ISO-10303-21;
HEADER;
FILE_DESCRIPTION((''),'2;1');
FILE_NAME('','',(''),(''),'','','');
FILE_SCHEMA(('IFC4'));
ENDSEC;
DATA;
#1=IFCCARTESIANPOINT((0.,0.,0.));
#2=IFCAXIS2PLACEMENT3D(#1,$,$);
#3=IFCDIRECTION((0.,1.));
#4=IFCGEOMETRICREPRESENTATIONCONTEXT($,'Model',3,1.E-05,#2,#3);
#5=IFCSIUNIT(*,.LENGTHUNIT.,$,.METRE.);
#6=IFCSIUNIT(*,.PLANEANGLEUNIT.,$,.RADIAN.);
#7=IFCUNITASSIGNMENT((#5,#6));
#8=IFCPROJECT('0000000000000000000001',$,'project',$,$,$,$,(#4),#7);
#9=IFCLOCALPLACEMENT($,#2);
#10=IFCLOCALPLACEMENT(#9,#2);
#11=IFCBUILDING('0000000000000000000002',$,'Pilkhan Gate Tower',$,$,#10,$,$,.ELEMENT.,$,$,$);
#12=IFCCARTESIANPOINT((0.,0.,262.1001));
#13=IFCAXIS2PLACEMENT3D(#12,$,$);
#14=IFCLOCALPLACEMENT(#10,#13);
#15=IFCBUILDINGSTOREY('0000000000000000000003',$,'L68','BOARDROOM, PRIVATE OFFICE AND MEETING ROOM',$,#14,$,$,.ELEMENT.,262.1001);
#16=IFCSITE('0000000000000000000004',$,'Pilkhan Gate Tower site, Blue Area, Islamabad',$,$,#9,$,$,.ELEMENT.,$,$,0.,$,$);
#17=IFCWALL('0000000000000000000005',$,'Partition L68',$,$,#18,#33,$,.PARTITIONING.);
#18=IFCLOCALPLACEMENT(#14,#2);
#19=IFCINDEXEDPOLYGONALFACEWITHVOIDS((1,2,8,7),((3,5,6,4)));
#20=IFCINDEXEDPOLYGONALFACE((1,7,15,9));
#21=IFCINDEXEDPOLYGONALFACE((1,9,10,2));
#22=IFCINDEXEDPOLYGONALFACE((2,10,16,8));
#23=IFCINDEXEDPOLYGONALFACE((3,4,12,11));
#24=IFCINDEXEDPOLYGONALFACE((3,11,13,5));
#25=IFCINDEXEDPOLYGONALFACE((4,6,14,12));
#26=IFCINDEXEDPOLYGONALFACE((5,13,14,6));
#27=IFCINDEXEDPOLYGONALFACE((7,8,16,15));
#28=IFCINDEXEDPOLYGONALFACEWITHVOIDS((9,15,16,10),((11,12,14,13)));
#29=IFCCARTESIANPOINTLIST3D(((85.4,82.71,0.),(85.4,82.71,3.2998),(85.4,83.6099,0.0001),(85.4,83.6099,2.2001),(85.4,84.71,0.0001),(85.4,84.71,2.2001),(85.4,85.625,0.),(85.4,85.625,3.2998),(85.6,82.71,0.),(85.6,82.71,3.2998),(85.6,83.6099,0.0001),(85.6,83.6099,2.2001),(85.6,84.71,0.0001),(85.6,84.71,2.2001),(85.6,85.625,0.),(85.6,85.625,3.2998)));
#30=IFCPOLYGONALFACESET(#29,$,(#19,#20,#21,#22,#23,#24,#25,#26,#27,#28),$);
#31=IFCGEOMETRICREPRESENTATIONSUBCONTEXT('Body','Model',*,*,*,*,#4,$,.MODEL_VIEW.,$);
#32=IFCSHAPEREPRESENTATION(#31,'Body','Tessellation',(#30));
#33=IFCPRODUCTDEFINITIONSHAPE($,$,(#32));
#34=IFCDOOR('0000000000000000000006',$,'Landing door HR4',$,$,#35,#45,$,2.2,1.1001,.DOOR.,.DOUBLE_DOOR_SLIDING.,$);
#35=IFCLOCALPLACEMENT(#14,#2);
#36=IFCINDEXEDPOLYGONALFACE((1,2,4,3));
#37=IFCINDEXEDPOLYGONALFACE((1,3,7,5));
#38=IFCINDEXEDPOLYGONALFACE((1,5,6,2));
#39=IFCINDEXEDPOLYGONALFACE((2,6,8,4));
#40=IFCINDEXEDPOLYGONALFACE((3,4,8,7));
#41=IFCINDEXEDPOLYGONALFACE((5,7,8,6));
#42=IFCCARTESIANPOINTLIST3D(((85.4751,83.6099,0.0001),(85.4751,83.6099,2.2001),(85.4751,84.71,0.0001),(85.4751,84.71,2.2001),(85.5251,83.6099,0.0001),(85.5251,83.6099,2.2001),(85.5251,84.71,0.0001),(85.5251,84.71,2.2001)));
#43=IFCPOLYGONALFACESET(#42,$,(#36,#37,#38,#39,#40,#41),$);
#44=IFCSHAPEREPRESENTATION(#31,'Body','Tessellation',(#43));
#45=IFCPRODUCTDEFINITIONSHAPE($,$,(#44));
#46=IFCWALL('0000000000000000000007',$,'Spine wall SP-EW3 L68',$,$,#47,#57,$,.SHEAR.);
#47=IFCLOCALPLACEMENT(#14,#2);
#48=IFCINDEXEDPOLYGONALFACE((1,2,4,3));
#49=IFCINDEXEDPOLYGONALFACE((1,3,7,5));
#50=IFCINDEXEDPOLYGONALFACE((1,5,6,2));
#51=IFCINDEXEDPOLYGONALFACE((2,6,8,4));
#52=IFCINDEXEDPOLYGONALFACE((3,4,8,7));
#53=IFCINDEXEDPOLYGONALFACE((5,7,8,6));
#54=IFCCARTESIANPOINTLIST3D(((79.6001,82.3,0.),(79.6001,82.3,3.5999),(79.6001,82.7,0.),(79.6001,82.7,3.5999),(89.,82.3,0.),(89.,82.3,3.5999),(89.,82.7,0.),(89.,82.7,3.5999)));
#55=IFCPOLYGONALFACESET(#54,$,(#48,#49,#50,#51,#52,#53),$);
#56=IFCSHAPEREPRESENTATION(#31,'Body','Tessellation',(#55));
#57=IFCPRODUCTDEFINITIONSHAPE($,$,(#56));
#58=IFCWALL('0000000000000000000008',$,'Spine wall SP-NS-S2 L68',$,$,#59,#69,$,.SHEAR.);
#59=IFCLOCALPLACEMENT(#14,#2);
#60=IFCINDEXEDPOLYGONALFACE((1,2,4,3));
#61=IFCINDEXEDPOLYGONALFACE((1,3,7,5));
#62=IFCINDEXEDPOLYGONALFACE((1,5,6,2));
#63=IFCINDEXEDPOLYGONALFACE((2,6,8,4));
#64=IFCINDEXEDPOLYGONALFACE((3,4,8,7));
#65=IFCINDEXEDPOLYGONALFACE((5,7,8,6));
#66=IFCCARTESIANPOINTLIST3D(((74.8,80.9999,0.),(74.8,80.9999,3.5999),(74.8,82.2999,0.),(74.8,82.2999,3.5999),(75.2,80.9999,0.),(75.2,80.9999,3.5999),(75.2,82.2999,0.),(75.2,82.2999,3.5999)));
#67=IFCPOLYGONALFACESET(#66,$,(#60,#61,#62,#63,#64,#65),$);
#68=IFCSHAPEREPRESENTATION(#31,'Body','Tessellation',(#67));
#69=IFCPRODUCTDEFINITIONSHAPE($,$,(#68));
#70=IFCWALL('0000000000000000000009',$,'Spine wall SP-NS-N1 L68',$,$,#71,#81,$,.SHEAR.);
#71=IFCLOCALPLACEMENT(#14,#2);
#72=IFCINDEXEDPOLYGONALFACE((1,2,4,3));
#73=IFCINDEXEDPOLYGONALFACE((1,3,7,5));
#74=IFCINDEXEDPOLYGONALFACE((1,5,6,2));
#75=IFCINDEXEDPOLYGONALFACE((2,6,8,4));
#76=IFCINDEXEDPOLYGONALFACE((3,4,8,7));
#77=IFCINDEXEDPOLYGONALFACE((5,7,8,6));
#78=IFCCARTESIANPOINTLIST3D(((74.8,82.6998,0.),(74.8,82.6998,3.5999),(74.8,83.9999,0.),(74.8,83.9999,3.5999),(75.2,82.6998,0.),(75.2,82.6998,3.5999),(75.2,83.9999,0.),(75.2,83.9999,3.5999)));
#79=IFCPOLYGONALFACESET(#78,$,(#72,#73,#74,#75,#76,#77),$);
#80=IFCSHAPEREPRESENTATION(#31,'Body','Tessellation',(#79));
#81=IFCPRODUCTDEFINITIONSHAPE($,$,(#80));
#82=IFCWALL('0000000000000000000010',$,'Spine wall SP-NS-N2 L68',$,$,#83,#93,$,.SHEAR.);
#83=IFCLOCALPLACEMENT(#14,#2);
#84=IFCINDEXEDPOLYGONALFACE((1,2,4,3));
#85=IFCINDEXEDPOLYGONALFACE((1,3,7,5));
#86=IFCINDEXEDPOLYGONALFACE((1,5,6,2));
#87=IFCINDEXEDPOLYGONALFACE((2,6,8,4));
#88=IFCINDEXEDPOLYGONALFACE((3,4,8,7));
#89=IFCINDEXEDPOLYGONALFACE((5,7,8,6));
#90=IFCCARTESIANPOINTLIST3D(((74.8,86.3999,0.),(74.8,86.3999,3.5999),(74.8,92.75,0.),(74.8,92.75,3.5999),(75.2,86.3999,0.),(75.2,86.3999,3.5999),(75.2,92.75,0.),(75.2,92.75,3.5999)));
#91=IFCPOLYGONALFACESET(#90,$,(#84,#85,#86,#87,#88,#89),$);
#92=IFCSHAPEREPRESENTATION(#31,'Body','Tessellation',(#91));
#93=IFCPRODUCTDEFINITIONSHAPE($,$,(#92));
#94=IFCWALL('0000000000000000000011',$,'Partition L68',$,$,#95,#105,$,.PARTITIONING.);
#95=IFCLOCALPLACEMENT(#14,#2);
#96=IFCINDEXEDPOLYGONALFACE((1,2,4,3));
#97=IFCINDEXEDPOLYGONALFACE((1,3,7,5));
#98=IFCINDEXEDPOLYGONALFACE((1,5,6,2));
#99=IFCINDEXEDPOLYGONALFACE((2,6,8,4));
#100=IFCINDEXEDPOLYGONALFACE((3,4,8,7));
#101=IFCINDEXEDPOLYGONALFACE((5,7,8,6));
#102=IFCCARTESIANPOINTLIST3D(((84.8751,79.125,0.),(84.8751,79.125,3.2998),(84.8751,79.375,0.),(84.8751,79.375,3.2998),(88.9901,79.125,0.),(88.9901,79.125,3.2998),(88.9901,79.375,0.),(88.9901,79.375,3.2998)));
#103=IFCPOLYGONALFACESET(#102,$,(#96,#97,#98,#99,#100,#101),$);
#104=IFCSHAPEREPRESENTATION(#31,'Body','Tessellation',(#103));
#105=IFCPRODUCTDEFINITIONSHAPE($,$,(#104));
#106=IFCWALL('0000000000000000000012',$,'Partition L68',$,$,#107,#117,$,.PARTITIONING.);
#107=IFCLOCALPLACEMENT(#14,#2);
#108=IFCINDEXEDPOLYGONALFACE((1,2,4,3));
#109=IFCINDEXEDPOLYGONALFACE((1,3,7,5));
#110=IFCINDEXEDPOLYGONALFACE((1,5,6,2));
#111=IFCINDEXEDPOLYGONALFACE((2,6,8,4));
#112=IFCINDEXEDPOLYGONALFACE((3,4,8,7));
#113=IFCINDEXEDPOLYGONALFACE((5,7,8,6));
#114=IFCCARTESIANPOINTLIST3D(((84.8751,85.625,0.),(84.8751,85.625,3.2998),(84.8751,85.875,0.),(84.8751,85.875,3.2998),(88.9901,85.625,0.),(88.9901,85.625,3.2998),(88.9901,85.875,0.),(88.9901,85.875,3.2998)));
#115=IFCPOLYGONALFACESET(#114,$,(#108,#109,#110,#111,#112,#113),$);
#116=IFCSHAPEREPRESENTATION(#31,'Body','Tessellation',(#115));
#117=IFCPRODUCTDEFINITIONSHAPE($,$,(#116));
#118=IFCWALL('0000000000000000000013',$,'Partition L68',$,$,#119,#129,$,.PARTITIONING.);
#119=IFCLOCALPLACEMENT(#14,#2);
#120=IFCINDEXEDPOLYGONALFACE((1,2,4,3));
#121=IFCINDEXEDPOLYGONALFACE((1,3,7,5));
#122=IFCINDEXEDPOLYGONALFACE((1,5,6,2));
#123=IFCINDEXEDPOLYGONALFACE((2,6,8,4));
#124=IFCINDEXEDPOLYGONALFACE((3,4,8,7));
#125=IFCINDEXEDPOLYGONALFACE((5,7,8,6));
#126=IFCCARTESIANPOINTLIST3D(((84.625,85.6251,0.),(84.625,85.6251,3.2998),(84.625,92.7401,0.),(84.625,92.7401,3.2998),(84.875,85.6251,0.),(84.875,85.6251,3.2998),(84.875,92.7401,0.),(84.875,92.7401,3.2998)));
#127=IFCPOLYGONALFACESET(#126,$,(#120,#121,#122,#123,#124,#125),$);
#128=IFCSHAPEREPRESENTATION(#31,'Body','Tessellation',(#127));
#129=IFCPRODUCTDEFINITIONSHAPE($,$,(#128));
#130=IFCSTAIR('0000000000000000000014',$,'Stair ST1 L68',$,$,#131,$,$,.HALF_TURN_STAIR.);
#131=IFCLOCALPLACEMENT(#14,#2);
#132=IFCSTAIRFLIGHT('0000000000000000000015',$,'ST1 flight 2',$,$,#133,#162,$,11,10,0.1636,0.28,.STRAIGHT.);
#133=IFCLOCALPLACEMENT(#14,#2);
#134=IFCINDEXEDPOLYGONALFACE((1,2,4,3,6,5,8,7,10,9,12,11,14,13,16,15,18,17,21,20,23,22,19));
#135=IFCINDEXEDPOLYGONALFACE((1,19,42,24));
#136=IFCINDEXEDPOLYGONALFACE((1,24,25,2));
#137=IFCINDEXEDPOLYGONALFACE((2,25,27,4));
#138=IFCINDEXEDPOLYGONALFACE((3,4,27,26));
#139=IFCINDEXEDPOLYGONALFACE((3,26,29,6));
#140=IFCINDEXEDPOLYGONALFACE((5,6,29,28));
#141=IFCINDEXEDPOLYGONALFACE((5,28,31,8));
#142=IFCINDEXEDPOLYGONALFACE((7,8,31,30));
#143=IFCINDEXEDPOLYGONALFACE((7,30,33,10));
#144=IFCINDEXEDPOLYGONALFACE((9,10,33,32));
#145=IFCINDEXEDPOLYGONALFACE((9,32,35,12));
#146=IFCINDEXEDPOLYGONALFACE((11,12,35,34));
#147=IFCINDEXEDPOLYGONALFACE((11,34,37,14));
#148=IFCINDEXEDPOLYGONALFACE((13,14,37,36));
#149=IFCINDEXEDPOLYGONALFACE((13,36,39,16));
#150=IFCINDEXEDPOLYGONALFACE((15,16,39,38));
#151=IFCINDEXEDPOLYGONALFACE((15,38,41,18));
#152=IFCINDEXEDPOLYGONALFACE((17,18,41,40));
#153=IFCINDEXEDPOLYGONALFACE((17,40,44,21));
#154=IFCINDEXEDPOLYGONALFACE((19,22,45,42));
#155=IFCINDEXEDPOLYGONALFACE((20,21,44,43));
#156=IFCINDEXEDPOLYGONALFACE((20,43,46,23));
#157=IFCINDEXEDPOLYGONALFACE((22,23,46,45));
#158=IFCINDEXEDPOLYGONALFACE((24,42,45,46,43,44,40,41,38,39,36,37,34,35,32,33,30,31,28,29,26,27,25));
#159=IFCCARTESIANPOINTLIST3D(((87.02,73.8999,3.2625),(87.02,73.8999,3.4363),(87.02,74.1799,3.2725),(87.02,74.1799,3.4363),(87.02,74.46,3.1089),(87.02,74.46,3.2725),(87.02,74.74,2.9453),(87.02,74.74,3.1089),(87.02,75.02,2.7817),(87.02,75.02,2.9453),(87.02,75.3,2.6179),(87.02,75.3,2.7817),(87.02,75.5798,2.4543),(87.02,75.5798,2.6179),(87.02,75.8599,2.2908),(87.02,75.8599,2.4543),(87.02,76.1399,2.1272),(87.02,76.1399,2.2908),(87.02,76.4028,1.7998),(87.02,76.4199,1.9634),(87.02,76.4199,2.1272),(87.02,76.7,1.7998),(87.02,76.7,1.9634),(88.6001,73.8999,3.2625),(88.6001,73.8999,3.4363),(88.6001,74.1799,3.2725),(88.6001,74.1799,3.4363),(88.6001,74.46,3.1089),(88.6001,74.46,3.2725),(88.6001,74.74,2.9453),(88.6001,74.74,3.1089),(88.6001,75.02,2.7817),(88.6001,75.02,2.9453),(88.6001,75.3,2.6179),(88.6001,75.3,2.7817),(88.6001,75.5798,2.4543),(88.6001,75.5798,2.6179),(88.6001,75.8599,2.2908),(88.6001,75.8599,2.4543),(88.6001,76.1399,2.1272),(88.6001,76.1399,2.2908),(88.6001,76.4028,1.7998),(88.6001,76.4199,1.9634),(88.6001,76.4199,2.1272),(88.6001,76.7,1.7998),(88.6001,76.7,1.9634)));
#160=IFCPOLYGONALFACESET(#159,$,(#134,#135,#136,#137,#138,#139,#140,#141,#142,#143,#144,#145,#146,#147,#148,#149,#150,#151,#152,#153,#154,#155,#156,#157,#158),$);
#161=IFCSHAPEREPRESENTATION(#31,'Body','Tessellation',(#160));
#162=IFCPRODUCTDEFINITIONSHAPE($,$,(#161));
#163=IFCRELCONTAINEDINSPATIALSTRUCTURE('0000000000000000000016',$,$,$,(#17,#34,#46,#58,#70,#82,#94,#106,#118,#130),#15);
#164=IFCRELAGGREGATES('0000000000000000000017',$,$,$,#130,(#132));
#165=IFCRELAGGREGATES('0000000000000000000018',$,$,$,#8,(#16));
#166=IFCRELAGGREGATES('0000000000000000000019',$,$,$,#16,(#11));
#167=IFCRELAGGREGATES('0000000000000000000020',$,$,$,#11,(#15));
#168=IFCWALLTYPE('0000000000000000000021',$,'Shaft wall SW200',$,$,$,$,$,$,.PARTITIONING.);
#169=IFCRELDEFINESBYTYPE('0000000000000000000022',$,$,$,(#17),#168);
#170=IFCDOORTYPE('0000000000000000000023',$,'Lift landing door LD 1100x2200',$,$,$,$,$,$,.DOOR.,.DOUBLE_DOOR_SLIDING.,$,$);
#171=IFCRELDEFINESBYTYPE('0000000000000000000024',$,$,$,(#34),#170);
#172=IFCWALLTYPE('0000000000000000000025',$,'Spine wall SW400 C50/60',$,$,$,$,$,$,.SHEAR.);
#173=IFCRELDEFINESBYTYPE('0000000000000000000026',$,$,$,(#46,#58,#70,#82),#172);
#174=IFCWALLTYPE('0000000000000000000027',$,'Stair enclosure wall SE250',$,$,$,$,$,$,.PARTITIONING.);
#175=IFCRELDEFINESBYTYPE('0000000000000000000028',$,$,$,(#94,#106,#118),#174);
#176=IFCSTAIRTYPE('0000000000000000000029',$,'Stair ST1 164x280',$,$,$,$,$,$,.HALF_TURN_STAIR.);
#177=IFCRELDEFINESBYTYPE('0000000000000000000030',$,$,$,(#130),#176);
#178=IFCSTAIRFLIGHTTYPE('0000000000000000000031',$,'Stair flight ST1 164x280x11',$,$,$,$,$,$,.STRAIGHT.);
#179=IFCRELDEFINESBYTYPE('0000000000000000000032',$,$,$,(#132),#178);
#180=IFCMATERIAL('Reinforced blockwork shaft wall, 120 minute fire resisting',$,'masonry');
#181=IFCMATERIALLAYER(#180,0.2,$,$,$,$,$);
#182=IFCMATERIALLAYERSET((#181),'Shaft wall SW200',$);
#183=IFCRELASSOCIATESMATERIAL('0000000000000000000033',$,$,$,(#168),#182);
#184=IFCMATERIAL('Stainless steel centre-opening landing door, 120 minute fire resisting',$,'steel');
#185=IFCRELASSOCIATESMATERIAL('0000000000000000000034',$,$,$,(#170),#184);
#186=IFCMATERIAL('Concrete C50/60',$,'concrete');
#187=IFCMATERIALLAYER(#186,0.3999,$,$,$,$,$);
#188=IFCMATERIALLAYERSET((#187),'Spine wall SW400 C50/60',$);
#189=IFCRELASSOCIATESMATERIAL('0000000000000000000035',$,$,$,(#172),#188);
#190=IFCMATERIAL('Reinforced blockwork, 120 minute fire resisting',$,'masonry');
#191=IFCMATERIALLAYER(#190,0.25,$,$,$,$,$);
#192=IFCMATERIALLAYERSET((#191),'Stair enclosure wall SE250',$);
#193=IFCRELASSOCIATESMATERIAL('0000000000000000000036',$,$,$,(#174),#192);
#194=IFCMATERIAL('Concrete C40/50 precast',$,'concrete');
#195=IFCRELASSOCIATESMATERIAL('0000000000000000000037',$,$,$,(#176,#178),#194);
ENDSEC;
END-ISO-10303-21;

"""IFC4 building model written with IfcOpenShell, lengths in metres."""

from ifc_helpers import new_model, si_unit, direction, frame, frame_2d, origin, place, context, subcontext, project, spatial, polyline, rectangle, outline, extrude, material, layer, layer_set, type_object, element, fill, aggregate, save


model = new_model("IFC4")

# Units and contexts
model_context = context("Model", 3, precision=1e-05, world=origin(), true_north=direction((0.0, 1.0)))
body_context = subcontext(model_context, "Body", "Model", "MODEL_VIEW")
ifc_project = project(units=[si_unit("LENGTHUNIT", "METRE"), si_unit("PLANEANGLEUNIT", "RADIAN")], contexts=[model_context])

# Site, building, storey
site_placement = place(None, origin())
site = spatial("IfcSite", under=ifc_project, at=site_placement, Name="Pilkhan Gate Tower site, Blue Area, Islamabad", CompositionType="ELEMENT", RefElevation=0.0)
building_placement = place(site_placement, origin())
building = spatial("IfcBuilding", under=site, at=building_placement, Name="Pilkhan Gate Tower", CompositionType="ELEMENT")
storey_placement = place(building_placement, frame((0.0, 0.0, 262.1001)))
storey = spatial("IfcBuildingStorey", under=building, at=storey_placement, Name="L68", Description="BOARDROOM, PRIVATE OFFICE AND MEETING ROOM", CompositionType="ELEMENT", Elevation=262.1001)

# Shared definitions
ifc_material_1 = material(Name="Concrete C50/60", Category="concrete")

# Shared definitions
ifc_material_2 = material(Name="Reinforced blockwork shaft wall, 120 minute fire resisting", Category="masonry")
ifc_layer_1 = layer(ifc_material_2, 0.2)
ifc_layer_set_1 = layer_set([ifc_layer_1], Name="Shaft wall SW200")
wall_type_1 = type_object("IfcWallType", Name="Shaft wall SW200", PredefinedType="PARTITIONING", material=ifc_layer_set_1)
ifc_material_3 = material(Name="Stainless steel centre-opening landing door, 120 minute fire resisting", Category="steel")
door_type_1 = type_object("IfcDoorType", Name="Lift landing door LD 1100x2200", OperationType="DOUBLE_DOOR_SLIDING", PredefinedType="DOOR", material=ifc_material_3)

# Wall, opening, door
wall_1_placement = place(storey_placement, frame((85.5, 82.71, 0.0), z_axis=(0.0, 0.0, 1.0), x_axis=(0.0, 1.0, 0.0)))
wall_1 = element("IfcWall", 1, at=wall_1_placement, inside=storey, type_object=wall_type_1, Name="Partition L68", PredefinedType="PARTITIONING", context=body_context, shape_type="SweptSolid", body=[
    extrude(rectangle(XDim=2.915, YDim=0.2, at=frame_2d((1.4575, 0.0))), origin(), (0.0, 0.0, 1.0), 3.2998),
])
opening_1_placement = place(wall_1_placement, frame((0.8999, 0.0, 0.0)))
opening_1 = element("IfcOpeningElement", 2, at=opening_1_placement, cuts=wall_1, PredefinedType="OPENING", context=body_context, shape_type="SweptSolid", body=[
    extrude(rectangle(XDim=1.1001, YDim=2.2, at=frame_2d((0.55, 1.1001))), frame((0.0, 0.1099, 0.0), z_axis=(0.0, -1.0, 0.0), x_axis=(1.0, 0.0, 0.0)), (0.0, 0.0, 1.0), 0.22),
])
door_1_placement = place(opening_1_placement, origin())
door_1 = element("IfcDoor", 3, at=door_1_placement, inside=storey, type_object=door_type_1, Name="Landing door HR4", OperationType="DOUBLE_DOOR_SLIDING", OverallHeight=2.2, OverallWidth=1.1001, PredefinedType="DOOR", context=body_context, shape_type="SweptSolid", body=[
    extrude(rectangle(XDim=1.1001, YDim=2.2, at=frame_2d((0.55, 1.1001))), frame((0.0, 0.0249, 0.0), z_axis=(0.0, -1.0, 0.0), x_axis=(1.0, 0.0, 0.0)), (0.0, 0.0, 1.0), 0.05),
])
fill(opening_1, door_1)

# Walls
ifc_layer_2 = layer(ifc_material_1, 0.3999)
ifc_layer_set_2 = layer_set([ifc_layer_2], Name="Spine wall SW400 C50/60")
wall_type_2 = type_object("IfcWallType", Name="Spine wall SW400 C50/60", PredefinedType="SHEAR", material=ifc_layer_set_2)
wall_2_placement = place(storey_placement, frame((79.6001, 82.5, 0.0), z_axis=(0.0, 0.0, 1.0), x_axis=(1.0, 0.0, 0.0)))
element("IfcWall", 4, at=wall_2_placement, inside=storey, type_object=wall_type_2, Name="Spine wall SP-EW3 L68", PredefinedType="SHEAR", context=body_context, shape_type="SweptSolid", body=[
    extrude(rectangle(XDim=9.3999, YDim=0.3999, at=frame_2d((4.7, 0.0))), origin(), (0.0, 0.0, 1.0), 3.5999),
])
for number, where, z_axis, x_axis, name in (
    (5, (75.0, 81.0, 0.0), (0.0, 0.0, 1.0), (0.0, 1.0, 0.0), "Spine wall SP-NS-S2 L68"),
    (6, (75.0, 82.7, 0.0), (0.0, 0.0, 1.0), (0.0, 1.0, 0.0), "Spine wall SP-NS-N1 L68"),
):
    element("IfcWall", number, at=place(storey_placement, frame(where, z_axis=z_axis, x_axis=x_axis)), inside=storey, type_object=wall_type_2, Name=name, PredefinedType="SHEAR", context=body_context, shape_type="SweptSolid", body=[
        extrude(rectangle(XDim=1.3, YDim=0.3999, at=frame_2d((0.6499, 0.0))), origin(), (0.0, 0.0, 1.0), 3.5999),
    ])
wall_3_placement = place(storey_placement, frame((75.0, 86.3999, 0.0), z_axis=(0.0, 0.0, 1.0), x_axis=(0.0, 1.0, 0.0)))
element("IfcWall", 7, at=wall_3_placement, inside=storey, type_object=wall_type_2, Name="Spine wall SP-NS-N2 L68", PredefinedType="SHEAR", context=body_context, shape_type="SweptSolid", body=[
    extrude(rectangle(XDim=6.3501, YDim=0.3999, at=frame_2d((3.175, 0.0))), origin(), (0.0, 0.0, 1.0), 3.5999),
])
ifc_material_4 = material(Name="Reinforced blockwork, 120 minute fire resisting", Category="masonry")
ifc_layer_3 = layer(ifc_material_4, 0.25)
ifc_layer_set_3 = layer_set([ifc_layer_3], Name="Stair enclosure wall SE250")
wall_type_3 = type_object("IfcWallType", Name="Stair enclosure wall SE250", PredefinedType="PARTITIONING", material=ifc_layer_set_3)
for number, where, z_axis, x_axis, name in (
    (8, (84.875, 79.25, 0.0), (0.0, 0.0, 1.0), (1.0, 0.0, 0.0), "Partition L68"),
    (9, (84.875, 85.75, 0.0), (0.0, 0.0, 1.0), (1.0, 0.0, 0.0), "Partition L68"),
):
    element("IfcWall", number, at=place(storey_placement, frame(where, z_axis=z_axis, x_axis=x_axis)), inside=storey, type_object=wall_type_3, Name=name, PredefinedType="PARTITIONING", context=body_context, shape_type="SweptSolid", body=[
        extrude(rectangle(XDim=4.115, YDim=0.25, at=frame_2d((2.0576, 0.0))), origin(), (0.0, 0.0, 1.0), 3.2998),
    ])
wall_4_placement = place(storey_placement, frame((84.75, 85.625, 0.0), z_axis=(0.0, 0.0, 1.0), x_axis=(0.0, 1.0, 0.0)))
element("IfcWall", 10, at=wall_4_placement, inside=storey, type_object=wall_type_3, Name="Partition L68", PredefinedType="PARTITIONING", context=body_context, shape_type="SweptSolid", body=[
    extrude(rectangle(XDim=7.115, YDim=0.25, at=frame_2d((3.5576, 0.0))), origin(), (0.0, 0.0, 1.0), 3.2998),
])

# Stair, stair flight
ifc_material_5 = material(Name="Concrete C40/50 precast", Category="concrete")
stair_type = type_object("IfcStairType", Name="Stair ST1 164x280", PredefinedType="HALF_TURN_STAIR", material=ifc_material_5)
stair_placement = place(storey_placement, origin())
stair = element("IfcStair", 11, at=stair_placement, inside=storey, type_object=stair_type, Name="Stair ST1 L68", PredefinedType="HALF_TURN_STAIR")
stair_flight_type = type_object("IfcStairFlightType", Name="Stair flight ST1 164x280x11", PredefinedType="STRAIGHT", material=ifc_material_5)
stair_flight_placement = place(storey_placement, frame((87.8101, 76.7, 1.7998), z_axis=(0.0, 0.0, 1.0), x_axis=(0.0, -1.0, 0.0)))
stair_flight = element("IfcStairFlight", 12, at=stair_flight_placement, type_object=stair_flight_type, Name="ST1 flight 2", NumberOfRisers=11, NumberOfTreads=10, PredefinedType="STRAIGHT", RiserHeight=0.1636, TreadLength=0.28, context=body_context, shape_type="SweptSolid", body=[
    extrude(outline(polyline([(0.0, 0.0), (0.0, 0.1636), (0.28, 0.1636), (0.28, 0.3274), (0.5601, 0.3274), (0.5601, 0.491), (0.8401, 0.491), (0.8401, 0.6545), (1.1201, 0.6545), (1.1201, 0.8181), (1.3999, 0.8181), (1.3999, 0.9819), (1.6799, 0.9819), (1.6799, 1.1455), (1.96, 1.1455), (1.96, 1.3091), (2.24, 1.3091), (2.24, 1.4727), (2.52, 1.4727), (2.52, 1.6365), (2.8, 1.6365), (2.8, 1.8), (2.8, 1.4626), (0.2971, 0.0), (0.0, 0.0)])), frame((0.0, 0.79, 0.0), z_axis=(0.0, -1.0, 0.0), x_axis=(1.0, 0.0, 0.0)), (0.0, 0.0, 1.0), 1.5801),
])
aggregate(stair, [stair_flight])

save(model, "model.ifc")
